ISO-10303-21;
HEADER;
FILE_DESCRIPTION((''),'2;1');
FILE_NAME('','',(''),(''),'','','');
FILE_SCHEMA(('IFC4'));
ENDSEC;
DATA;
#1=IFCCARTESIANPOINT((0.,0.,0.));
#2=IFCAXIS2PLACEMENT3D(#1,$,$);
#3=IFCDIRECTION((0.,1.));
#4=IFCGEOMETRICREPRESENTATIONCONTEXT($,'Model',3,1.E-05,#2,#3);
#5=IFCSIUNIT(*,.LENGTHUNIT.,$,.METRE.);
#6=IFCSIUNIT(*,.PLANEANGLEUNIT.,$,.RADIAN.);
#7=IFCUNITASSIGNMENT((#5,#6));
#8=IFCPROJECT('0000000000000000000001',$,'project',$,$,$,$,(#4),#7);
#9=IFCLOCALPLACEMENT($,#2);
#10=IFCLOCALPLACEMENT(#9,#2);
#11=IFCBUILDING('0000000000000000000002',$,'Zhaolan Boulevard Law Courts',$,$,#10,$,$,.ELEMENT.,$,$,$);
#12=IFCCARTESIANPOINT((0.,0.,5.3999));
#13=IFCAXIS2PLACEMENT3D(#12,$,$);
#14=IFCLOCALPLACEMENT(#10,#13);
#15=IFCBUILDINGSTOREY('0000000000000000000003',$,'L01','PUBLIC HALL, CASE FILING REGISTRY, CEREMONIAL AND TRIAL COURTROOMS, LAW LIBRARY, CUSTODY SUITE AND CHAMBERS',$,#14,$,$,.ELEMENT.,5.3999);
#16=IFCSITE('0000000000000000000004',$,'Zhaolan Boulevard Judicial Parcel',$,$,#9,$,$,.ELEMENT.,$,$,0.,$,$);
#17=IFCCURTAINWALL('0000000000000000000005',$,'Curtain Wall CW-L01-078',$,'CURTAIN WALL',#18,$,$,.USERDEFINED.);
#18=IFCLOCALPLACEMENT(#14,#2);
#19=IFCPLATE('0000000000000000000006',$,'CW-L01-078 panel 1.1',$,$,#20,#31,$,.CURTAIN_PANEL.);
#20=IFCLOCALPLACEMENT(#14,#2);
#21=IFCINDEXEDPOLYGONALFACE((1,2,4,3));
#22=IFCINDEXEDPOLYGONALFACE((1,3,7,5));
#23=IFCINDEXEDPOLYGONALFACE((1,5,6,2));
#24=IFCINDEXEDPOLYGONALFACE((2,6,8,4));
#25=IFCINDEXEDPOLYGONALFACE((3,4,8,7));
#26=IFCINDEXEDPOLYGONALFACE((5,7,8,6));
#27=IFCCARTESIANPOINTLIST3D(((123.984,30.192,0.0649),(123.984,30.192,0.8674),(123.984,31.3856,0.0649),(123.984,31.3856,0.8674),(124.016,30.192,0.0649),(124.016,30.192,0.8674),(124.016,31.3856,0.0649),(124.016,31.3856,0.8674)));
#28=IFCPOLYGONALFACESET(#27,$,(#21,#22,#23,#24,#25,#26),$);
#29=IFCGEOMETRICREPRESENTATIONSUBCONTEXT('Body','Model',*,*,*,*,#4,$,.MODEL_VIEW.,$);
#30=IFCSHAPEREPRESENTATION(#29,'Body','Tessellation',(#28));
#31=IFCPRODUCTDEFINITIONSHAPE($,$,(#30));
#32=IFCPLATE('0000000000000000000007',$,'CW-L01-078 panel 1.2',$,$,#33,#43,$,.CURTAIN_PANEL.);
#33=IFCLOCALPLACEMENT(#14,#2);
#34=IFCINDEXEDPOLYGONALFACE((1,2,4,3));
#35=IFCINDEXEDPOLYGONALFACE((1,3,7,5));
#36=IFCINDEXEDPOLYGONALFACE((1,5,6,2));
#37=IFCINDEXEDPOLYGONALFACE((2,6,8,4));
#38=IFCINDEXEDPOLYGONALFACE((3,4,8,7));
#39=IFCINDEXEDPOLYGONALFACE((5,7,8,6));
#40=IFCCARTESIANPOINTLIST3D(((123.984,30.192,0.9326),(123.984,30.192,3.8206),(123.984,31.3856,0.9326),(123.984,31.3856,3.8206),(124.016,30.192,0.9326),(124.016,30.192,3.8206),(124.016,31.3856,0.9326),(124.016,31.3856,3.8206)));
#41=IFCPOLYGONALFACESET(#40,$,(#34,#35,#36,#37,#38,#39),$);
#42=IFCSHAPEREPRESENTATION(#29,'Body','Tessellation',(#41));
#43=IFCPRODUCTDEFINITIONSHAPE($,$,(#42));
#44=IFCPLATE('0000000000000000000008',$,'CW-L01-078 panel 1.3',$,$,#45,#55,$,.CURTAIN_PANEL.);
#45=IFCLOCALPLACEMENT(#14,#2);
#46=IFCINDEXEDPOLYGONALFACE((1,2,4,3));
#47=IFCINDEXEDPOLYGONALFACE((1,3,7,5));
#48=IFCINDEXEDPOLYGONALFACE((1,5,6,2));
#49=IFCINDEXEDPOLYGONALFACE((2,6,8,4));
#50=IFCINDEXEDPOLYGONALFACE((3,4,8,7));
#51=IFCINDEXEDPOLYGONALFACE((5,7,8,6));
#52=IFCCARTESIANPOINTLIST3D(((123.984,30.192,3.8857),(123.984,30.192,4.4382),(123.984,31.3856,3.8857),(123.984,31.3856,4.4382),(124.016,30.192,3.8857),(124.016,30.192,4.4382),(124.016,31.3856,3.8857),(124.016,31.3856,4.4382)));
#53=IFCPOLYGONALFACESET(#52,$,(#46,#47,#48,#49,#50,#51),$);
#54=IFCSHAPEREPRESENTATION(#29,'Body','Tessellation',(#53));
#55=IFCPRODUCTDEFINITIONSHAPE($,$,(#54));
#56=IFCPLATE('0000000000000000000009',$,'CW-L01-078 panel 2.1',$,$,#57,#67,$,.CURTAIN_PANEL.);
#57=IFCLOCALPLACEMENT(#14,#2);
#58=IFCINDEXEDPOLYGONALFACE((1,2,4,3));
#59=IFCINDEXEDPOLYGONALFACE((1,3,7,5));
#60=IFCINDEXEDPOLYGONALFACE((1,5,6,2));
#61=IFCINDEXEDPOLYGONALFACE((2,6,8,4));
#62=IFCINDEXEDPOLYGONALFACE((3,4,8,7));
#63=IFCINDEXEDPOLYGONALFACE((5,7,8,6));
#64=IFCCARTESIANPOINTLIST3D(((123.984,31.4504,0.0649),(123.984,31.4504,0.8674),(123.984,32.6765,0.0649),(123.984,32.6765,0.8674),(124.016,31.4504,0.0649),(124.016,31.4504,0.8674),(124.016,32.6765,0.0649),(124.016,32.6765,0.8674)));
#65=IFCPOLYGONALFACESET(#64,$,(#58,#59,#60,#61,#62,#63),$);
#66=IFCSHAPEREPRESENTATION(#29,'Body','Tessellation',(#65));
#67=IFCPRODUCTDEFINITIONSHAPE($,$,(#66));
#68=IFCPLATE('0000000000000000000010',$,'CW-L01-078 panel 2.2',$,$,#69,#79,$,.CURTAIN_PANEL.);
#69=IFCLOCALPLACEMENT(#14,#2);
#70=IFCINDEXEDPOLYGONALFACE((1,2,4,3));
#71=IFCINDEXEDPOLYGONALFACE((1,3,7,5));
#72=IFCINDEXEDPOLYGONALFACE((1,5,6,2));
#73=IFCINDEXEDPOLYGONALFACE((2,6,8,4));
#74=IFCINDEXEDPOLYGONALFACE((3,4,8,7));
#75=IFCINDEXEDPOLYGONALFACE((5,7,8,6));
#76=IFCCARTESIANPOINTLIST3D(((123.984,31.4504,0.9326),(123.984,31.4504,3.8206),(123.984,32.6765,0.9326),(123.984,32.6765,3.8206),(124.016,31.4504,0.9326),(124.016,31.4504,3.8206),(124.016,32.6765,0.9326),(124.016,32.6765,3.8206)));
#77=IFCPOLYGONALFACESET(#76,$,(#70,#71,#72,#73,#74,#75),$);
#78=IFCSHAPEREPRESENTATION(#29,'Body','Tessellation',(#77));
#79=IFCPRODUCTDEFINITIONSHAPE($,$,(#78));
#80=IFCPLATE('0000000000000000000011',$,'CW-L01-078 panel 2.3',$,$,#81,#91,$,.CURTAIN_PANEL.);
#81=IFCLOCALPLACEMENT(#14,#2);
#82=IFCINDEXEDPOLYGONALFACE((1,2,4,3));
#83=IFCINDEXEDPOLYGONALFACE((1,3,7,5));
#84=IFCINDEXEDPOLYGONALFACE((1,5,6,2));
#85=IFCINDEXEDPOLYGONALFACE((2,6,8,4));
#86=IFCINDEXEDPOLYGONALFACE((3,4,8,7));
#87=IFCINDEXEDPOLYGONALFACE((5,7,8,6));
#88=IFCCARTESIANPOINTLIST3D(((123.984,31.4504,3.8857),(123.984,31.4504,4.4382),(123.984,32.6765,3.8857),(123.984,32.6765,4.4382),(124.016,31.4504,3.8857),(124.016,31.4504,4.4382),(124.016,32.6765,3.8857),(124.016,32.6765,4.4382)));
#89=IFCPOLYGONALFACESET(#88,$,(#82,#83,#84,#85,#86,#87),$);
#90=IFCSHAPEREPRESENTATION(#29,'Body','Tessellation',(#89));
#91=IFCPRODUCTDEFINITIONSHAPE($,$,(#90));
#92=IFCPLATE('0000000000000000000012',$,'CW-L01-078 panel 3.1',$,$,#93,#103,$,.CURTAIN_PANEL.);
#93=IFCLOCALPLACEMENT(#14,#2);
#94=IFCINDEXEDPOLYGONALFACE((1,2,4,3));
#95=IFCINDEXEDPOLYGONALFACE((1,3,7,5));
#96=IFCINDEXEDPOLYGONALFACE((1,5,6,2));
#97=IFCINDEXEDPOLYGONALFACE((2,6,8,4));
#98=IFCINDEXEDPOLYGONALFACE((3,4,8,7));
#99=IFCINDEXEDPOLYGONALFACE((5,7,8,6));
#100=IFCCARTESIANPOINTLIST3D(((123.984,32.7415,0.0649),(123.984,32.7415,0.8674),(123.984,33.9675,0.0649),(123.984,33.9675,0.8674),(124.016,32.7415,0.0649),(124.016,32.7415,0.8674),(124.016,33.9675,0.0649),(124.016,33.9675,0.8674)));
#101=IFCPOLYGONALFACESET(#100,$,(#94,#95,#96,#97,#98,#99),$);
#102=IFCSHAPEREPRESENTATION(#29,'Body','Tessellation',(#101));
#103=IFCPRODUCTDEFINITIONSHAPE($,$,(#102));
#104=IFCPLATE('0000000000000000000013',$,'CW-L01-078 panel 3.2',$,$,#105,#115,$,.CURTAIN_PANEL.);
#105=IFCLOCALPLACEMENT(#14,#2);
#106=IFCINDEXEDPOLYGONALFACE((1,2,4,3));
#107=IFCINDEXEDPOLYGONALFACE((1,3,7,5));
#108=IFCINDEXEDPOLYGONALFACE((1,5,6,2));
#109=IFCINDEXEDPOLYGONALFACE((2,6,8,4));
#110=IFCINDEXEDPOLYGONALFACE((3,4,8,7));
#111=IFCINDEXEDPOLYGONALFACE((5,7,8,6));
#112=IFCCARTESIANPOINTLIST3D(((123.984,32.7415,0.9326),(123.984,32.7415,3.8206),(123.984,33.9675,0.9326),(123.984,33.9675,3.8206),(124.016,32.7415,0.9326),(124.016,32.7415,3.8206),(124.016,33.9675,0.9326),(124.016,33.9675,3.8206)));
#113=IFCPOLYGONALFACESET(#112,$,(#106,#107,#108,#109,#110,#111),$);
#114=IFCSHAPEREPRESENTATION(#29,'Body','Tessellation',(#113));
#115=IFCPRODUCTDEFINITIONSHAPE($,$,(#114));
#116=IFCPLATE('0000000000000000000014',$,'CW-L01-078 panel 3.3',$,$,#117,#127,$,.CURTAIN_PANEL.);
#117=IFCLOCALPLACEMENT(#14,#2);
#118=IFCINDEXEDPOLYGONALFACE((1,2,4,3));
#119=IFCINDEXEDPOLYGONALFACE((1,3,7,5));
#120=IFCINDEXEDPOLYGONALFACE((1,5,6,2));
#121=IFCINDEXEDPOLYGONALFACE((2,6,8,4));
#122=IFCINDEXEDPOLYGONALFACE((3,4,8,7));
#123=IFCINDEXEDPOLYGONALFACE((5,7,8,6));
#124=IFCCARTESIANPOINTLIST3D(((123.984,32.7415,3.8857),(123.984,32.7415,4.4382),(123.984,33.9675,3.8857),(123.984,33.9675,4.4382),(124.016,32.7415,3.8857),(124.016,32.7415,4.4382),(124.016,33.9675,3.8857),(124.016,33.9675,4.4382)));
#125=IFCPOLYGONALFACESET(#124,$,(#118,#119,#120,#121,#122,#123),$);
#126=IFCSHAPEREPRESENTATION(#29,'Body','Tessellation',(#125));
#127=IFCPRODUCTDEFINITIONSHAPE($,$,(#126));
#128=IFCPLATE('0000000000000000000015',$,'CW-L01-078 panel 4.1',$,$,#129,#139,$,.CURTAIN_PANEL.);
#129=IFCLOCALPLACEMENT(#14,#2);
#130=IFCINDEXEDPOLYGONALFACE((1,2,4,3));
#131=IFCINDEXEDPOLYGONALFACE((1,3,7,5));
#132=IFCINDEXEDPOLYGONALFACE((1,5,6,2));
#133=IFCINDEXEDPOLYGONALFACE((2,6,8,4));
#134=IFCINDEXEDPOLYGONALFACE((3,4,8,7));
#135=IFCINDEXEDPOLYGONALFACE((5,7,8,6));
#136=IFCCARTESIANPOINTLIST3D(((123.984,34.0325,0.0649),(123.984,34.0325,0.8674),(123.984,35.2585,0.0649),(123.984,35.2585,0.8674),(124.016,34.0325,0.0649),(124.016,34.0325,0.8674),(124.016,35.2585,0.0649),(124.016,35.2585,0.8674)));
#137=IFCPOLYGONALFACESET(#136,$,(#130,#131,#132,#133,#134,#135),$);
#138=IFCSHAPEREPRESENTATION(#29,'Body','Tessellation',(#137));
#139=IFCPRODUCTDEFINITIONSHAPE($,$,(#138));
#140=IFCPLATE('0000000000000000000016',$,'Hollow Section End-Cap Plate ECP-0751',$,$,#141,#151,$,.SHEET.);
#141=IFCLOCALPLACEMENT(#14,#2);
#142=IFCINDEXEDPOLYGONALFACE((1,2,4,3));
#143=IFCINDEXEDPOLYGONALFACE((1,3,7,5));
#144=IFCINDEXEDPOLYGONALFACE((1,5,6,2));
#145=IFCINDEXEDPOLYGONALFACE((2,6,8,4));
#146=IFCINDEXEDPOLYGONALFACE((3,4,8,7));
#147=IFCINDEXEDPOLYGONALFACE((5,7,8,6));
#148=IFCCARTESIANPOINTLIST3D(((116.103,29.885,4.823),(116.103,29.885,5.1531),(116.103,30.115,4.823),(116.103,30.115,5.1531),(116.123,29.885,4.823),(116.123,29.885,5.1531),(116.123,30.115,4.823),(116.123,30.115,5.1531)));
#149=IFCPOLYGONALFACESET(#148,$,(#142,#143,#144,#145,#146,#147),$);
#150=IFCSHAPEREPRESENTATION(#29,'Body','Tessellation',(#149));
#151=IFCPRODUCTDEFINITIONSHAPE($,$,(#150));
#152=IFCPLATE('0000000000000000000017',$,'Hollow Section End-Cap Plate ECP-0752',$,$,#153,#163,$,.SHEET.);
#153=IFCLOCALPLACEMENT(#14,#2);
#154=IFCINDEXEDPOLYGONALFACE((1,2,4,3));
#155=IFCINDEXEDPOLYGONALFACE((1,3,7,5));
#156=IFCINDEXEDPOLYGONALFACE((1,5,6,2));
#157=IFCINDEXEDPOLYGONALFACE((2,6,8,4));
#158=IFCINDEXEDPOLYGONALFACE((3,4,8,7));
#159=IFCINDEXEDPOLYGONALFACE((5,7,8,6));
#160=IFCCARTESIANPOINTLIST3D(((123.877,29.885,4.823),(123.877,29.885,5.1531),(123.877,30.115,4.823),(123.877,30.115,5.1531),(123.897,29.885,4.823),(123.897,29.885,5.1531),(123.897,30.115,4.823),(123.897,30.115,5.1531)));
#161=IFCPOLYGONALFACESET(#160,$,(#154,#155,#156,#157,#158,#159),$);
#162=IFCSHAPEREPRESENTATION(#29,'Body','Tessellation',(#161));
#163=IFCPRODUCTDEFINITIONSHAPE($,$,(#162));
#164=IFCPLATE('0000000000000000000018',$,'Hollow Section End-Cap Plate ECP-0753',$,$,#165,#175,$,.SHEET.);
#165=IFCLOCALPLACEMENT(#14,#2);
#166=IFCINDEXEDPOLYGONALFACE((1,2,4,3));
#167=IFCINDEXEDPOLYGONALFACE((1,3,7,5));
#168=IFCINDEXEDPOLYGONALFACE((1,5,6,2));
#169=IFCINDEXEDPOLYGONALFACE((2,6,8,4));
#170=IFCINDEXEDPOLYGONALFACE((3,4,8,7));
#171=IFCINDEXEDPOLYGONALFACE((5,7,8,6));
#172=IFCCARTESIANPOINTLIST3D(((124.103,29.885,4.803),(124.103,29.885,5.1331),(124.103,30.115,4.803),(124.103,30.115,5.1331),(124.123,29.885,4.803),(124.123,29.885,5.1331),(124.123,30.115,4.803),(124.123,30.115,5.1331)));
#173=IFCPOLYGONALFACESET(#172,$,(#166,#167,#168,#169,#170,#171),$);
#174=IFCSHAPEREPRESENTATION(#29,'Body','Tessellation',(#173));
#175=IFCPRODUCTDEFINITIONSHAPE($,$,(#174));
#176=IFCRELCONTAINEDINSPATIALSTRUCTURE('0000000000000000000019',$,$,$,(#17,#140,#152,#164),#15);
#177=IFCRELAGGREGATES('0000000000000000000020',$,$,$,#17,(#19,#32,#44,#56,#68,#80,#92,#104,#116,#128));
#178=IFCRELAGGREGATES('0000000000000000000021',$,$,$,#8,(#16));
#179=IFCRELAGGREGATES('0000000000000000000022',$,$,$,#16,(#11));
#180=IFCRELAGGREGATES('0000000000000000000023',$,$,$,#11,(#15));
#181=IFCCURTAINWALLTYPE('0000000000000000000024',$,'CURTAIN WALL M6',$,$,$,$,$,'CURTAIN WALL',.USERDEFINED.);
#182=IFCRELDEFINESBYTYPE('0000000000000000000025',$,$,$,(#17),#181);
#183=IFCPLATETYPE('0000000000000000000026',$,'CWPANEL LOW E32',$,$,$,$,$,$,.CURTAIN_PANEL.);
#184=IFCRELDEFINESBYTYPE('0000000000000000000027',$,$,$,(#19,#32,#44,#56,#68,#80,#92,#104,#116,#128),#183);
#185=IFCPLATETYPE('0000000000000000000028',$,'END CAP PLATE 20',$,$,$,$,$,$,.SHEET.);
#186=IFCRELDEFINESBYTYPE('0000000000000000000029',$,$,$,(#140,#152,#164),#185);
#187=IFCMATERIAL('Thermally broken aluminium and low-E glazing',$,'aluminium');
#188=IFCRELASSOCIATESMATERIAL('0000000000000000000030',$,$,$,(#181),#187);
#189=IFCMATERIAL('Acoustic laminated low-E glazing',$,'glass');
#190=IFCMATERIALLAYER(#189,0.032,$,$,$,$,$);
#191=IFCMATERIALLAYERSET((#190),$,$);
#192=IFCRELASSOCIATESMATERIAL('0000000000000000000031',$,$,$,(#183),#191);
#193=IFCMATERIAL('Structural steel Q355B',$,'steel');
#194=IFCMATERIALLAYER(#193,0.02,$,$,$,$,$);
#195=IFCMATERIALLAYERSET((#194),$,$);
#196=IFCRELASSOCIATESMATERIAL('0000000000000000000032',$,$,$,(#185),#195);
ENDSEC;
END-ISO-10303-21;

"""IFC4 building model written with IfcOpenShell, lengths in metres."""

from ifc_helpers import new_model, si_unit, direction, frame, origin, origin_2d, place, context, subcontext, project, spatial, rectangle, extrude, material, layer, layer_set, type_object, element, aggregate, save


model = new_model("IFC4")

# Units and contexts
model_context = context("Model", 3, precision=1e-05, world=origin(), true_north=direction((0.0, 1.0)))
body_context = subcontext(model_context, "Body", "Model", "MODEL_VIEW")
ifc_project = project(units=[si_unit("LENGTHUNIT", "METRE"), si_unit("PLANEANGLEUNIT", "RADIAN")], contexts=[model_context])

# Site, building, storey
site_placement = place(None, origin())
site = spatial("IfcSite", under=ifc_project, at=site_placement, Name="Zhaolan Boulevard Judicial Parcel", CompositionType="ELEMENT", RefElevation=0.0)
building_placement = place(site_placement, origin())
building = spatial("IfcBuilding", under=site, at=building_placement, Name="Zhaolan Boulevard Law Courts", CompositionType="ELEMENT")
storey_placement = place(building_placement, frame((0.0, 0.0, 5.3999)))
storey = spatial("IfcBuildingStorey", under=building, at=storey_placement, Name="L01", Description="PUBLIC HALL, CASE FILING REGISTRY, CEREMONIAL AND TRIAL COURTROOMS, LAW LIBRARY, CUSTODY SUITE AND CHAMBERS", CompositionType="ELEMENT", Elevation=5.3999)

# Curtain wall
ifc_material_1 = material(Name="Thermally broken aluminium and low-E glazing", Category="aluminium")
curtain_wall_type = type_object("IfcCurtainWallType", Name="CURTAIN WALL M6", ElementType="CURTAIN WALL", PredefinedType="USERDEFINED", material=ifc_material_1)
curtain_wall_placement = place(storey_placement, origin())
curtain_wall = element("IfcCurtainWall", 1, at=curtain_wall_placement, inside=storey, type_object=curtain_wall_type, Name="Curtain Wall CW-L01-078", ObjectType="CURTAIN WALL", PredefinedType="USERDEFINED")

# Plates
ifc_material_2 = material(Name="Acoustic laminated low-E glazing", Category="glass")
ifc_layer_1 = layer(ifc_material_2, 0.032)
ifc_layer_set_1 = layer_set([ifc_layer_1])
plate_type_1 = type_object("IfcPlateType", Name="CWPANEL LOW E32", PredefinedType="CURTAIN_PANEL", material=ifc_layer_set_1)
plate_1_placement = place(storey_placement, frame((124.0, 30.7888, 0.0649), z_axis=(0.0, 0.0, 1.0), x_axis=(0.0, 1.0, 0.0)))
plate_1 = element("IfcPlate", 2, at=plate_1_placement, type_object=plate_type_1, Name="CW-L01-078 panel 1.1", PredefinedType="CURTAIN_PANEL", context=body_context, shape_type="SweptSolid", body=[
    extrude(rectangle(XDim=1.1936, YDim=0.032, at=origin_2d()), origin(), (0.0, 0.0, 1.0), 0.8025),
])
plate_2_placement = place(storey_placement, frame((124.0, 30.7888, 0.9326), z_axis=(0.0, 0.0, 1.0), x_axis=(0.0, 1.0, 0.0)))
plate_2 = element("IfcPlate", 3, at=plate_2_placement, type_object=plate_type_1, Name="CW-L01-078 panel 1.2", PredefinedType="CURTAIN_PANEL", context=body_context, shape_type="SweptSolid", body=[
    extrude(rectangle(XDim=1.1936, YDim=0.032, at=origin_2d()), origin(), (0.0, 0.0, 1.0), 2.8879),
])
plate_3_placement = place(storey_placement, frame((124.0, 30.7888, 3.8857), z_axis=(0.0, 0.0, 1.0), x_axis=(0.0, 1.0, 0.0)))
plate_3 = element("IfcPlate", 4, at=plate_3_placement, type_object=plate_type_1, Name="CW-L01-078 panel 1.3", PredefinedType="CURTAIN_PANEL", context=body_context, shape_type="SweptSolid", body=[
    extrude(rectangle(XDim=1.1936, YDim=0.032, at=origin_2d()), origin(), (0.0, 0.0, 1.0), 0.5525),
])
plate_4_placement = place(storey_placement, frame((124.0, 32.0635, 0.0649), z_axis=(0.0, 0.0, 1.0), x_axis=(0.0, 1.0, 0.0)))
plate_4 = element("IfcPlate", 5, at=plate_4_placement, type_object=plate_type_1, Name="CW-L01-078 panel 2.1", PredefinedType="CURTAIN_PANEL", context=body_context, shape_type="SweptSolid", body=[
    extrude(rectangle(XDim=1.2261, YDim=0.032, at=origin_2d()), origin(), (0.0, 0.0, 1.0), 0.8025),
])
plate_5_placement = place(storey_placement, frame((124.0, 32.0635, 0.9326), z_axis=(0.0, 0.0, 1.0), x_axis=(0.0, 1.0, 0.0)))
plate_5 = element("IfcPlate", 6, at=plate_5_placement, type_object=plate_type_1, Name="CW-L01-078 panel 2.2", PredefinedType="CURTAIN_PANEL", context=body_context, shape_type="SweptSolid", body=[
    extrude(rectangle(XDim=1.2261, YDim=0.032, at=origin_2d()), origin(), (0.0, 0.0, 1.0), 2.8879),
])
plate_6_placement = place(storey_placement, frame((124.0, 32.0635, 3.8857), z_axis=(0.0, 0.0, 1.0), x_axis=(0.0, 1.0, 0.0)))
plate_6 = element("IfcPlate", 7, at=plate_6_placement, type_object=plate_type_1, Name="CW-L01-078 panel 2.3", PredefinedType="CURTAIN_PANEL", context=body_context, shape_type="SweptSolid", body=[
    extrude(rectangle(XDim=1.2261, YDim=0.032, at=origin_2d()), origin(), (0.0, 0.0, 1.0), 0.5525),
])
plate_7_placement = place(storey_placement, frame((124.0, 33.3545, 0.0649), z_axis=(0.0, 0.0, 1.0), x_axis=(0.0, 1.0, 0.0)))
plate_7 = element("IfcPlate", 8, at=plate_7_placement, type_object=plate_type_1, Name="CW-L01-078 panel 3.1", PredefinedType="CURTAIN_PANEL", context=body_context, shape_type="SweptSolid", body=[
    extrude(rectangle(XDim=1.2261, YDim=0.032, at=origin_2d()), origin(), (0.0, 0.0, 1.0), 0.8025),
])
plate_8_placement = place(storey_placement, frame((124.0, 33.3545, 0.9326), z_axis=(0.0, 0.0, 1.0), x_axis=(0.0, 1.0, 0.0)))
plate_8 = element("IfcPlate", 9, at=plate_8_placement, type_object=plate_type_1, Name="CW-L01-078 panel 3.2", PredefinedType="CURTAIN_PANEL", context=body_context, shape_type="SweptSolid", body=[
    extrude(rectangle(XDim=1.2261, YDim=0.032, at=origin_2d()), origin(), (0.0, 0.0, 1.0), 2.8879),
])
plate_9_placement = place(storey_placement, frame((124.0, 33.3545, 3.8857), z_axis=(0.0, 0.0, 1.0), x_axis=(0.0, 1.0, 0.0)))
plate_9 = element("IfcPlate", 10, at=plate_9_placement, type_object=plate_type_1, Name="CW-L01-078 panel 3.3", PredefinedType="CURTAIN_PANEL", context=body_context, shape_type="SweptSolid", body=[
    extrude(rectangle(XDim=1.2261, YDim=0.032, at=origin_2d()), origin(), (0.0, 0.0, 1.0), 0.5525),
])
plate_10_placement = place(storey_placement, frame((124.0, 34.6455, 0.0649), z_axis=(0.0, 0.0, 1.0), x_axis=(0.0, 1.0, 0.0)))
plate_10 = element("IfcPlate", 11, at=plate_10_placement, type_object=plate_type_1, Name="CW-L01-078 panel 4.1", PredefinedType="CURTAIN_PANEL", context=body_context, shape_type="SweptSolid", body=[
    extrude(rectangle(XDim=1.2261, YDim=0.032, at=origin_2d()), origin(), (0.0, 0.0, 1.0), 0.8025),
])
aggregate(curtain_wall, [plate_1, plate_2, plate_3, plate_4, plate_5, plate_6, plate_7, plate_8, plate_9, plate_10])

# Plates
ifc_material_3 = material(Name="Structural steel Q355B", Category="steel")
ifc_layer_2 = layer(ifc_material_3, 0.02)
ifc_layer_set_2 = layer_set([ifc_layer_2])
plate_type_2 = type_object("IfcPlateType", Name="END CAP PLATE 20", PredefinedType="SHEET", material=ifc_layer_set_2)
for number, where, z_axis, x_axis, name in (
    (12, (116.113, 30.0, 4.823), (0.0, 0.0, 1.0), (1.0, 0.0, 0.0), "Hollow Section End-Cap Plate ECP-0751"),
    (13, (123.887, 30.0, 4.823), (0.0, 0.0, 1.0), (1.0, 0.0, 0.0), "Hollow Section End-Cap Plate ECP-0752"),
    (14, (124.113, 30.0, 4.803), (0.0, 0.0, 1.0), (1.0, 0.0, 0.0), "Hollow Section End-Cap Plate ECP-0753"),
):
    element("IfcPlate", number, at=place(storey_placement, frame(where, z_axis=z_axis, x_axis=x_axis)), inside=storey, type_object=plate_type_2, Name=name, PredefinedType="SHEET", context=body_context, shape_type="SweptSolid", body=[
        extrude(rectangle(XDim=0.02, YDim=0.23, at=origin_2d()), origin(), (0.0, 0.0, 1.0), 0.3301),
    ])

save(model, "model.ifc")
